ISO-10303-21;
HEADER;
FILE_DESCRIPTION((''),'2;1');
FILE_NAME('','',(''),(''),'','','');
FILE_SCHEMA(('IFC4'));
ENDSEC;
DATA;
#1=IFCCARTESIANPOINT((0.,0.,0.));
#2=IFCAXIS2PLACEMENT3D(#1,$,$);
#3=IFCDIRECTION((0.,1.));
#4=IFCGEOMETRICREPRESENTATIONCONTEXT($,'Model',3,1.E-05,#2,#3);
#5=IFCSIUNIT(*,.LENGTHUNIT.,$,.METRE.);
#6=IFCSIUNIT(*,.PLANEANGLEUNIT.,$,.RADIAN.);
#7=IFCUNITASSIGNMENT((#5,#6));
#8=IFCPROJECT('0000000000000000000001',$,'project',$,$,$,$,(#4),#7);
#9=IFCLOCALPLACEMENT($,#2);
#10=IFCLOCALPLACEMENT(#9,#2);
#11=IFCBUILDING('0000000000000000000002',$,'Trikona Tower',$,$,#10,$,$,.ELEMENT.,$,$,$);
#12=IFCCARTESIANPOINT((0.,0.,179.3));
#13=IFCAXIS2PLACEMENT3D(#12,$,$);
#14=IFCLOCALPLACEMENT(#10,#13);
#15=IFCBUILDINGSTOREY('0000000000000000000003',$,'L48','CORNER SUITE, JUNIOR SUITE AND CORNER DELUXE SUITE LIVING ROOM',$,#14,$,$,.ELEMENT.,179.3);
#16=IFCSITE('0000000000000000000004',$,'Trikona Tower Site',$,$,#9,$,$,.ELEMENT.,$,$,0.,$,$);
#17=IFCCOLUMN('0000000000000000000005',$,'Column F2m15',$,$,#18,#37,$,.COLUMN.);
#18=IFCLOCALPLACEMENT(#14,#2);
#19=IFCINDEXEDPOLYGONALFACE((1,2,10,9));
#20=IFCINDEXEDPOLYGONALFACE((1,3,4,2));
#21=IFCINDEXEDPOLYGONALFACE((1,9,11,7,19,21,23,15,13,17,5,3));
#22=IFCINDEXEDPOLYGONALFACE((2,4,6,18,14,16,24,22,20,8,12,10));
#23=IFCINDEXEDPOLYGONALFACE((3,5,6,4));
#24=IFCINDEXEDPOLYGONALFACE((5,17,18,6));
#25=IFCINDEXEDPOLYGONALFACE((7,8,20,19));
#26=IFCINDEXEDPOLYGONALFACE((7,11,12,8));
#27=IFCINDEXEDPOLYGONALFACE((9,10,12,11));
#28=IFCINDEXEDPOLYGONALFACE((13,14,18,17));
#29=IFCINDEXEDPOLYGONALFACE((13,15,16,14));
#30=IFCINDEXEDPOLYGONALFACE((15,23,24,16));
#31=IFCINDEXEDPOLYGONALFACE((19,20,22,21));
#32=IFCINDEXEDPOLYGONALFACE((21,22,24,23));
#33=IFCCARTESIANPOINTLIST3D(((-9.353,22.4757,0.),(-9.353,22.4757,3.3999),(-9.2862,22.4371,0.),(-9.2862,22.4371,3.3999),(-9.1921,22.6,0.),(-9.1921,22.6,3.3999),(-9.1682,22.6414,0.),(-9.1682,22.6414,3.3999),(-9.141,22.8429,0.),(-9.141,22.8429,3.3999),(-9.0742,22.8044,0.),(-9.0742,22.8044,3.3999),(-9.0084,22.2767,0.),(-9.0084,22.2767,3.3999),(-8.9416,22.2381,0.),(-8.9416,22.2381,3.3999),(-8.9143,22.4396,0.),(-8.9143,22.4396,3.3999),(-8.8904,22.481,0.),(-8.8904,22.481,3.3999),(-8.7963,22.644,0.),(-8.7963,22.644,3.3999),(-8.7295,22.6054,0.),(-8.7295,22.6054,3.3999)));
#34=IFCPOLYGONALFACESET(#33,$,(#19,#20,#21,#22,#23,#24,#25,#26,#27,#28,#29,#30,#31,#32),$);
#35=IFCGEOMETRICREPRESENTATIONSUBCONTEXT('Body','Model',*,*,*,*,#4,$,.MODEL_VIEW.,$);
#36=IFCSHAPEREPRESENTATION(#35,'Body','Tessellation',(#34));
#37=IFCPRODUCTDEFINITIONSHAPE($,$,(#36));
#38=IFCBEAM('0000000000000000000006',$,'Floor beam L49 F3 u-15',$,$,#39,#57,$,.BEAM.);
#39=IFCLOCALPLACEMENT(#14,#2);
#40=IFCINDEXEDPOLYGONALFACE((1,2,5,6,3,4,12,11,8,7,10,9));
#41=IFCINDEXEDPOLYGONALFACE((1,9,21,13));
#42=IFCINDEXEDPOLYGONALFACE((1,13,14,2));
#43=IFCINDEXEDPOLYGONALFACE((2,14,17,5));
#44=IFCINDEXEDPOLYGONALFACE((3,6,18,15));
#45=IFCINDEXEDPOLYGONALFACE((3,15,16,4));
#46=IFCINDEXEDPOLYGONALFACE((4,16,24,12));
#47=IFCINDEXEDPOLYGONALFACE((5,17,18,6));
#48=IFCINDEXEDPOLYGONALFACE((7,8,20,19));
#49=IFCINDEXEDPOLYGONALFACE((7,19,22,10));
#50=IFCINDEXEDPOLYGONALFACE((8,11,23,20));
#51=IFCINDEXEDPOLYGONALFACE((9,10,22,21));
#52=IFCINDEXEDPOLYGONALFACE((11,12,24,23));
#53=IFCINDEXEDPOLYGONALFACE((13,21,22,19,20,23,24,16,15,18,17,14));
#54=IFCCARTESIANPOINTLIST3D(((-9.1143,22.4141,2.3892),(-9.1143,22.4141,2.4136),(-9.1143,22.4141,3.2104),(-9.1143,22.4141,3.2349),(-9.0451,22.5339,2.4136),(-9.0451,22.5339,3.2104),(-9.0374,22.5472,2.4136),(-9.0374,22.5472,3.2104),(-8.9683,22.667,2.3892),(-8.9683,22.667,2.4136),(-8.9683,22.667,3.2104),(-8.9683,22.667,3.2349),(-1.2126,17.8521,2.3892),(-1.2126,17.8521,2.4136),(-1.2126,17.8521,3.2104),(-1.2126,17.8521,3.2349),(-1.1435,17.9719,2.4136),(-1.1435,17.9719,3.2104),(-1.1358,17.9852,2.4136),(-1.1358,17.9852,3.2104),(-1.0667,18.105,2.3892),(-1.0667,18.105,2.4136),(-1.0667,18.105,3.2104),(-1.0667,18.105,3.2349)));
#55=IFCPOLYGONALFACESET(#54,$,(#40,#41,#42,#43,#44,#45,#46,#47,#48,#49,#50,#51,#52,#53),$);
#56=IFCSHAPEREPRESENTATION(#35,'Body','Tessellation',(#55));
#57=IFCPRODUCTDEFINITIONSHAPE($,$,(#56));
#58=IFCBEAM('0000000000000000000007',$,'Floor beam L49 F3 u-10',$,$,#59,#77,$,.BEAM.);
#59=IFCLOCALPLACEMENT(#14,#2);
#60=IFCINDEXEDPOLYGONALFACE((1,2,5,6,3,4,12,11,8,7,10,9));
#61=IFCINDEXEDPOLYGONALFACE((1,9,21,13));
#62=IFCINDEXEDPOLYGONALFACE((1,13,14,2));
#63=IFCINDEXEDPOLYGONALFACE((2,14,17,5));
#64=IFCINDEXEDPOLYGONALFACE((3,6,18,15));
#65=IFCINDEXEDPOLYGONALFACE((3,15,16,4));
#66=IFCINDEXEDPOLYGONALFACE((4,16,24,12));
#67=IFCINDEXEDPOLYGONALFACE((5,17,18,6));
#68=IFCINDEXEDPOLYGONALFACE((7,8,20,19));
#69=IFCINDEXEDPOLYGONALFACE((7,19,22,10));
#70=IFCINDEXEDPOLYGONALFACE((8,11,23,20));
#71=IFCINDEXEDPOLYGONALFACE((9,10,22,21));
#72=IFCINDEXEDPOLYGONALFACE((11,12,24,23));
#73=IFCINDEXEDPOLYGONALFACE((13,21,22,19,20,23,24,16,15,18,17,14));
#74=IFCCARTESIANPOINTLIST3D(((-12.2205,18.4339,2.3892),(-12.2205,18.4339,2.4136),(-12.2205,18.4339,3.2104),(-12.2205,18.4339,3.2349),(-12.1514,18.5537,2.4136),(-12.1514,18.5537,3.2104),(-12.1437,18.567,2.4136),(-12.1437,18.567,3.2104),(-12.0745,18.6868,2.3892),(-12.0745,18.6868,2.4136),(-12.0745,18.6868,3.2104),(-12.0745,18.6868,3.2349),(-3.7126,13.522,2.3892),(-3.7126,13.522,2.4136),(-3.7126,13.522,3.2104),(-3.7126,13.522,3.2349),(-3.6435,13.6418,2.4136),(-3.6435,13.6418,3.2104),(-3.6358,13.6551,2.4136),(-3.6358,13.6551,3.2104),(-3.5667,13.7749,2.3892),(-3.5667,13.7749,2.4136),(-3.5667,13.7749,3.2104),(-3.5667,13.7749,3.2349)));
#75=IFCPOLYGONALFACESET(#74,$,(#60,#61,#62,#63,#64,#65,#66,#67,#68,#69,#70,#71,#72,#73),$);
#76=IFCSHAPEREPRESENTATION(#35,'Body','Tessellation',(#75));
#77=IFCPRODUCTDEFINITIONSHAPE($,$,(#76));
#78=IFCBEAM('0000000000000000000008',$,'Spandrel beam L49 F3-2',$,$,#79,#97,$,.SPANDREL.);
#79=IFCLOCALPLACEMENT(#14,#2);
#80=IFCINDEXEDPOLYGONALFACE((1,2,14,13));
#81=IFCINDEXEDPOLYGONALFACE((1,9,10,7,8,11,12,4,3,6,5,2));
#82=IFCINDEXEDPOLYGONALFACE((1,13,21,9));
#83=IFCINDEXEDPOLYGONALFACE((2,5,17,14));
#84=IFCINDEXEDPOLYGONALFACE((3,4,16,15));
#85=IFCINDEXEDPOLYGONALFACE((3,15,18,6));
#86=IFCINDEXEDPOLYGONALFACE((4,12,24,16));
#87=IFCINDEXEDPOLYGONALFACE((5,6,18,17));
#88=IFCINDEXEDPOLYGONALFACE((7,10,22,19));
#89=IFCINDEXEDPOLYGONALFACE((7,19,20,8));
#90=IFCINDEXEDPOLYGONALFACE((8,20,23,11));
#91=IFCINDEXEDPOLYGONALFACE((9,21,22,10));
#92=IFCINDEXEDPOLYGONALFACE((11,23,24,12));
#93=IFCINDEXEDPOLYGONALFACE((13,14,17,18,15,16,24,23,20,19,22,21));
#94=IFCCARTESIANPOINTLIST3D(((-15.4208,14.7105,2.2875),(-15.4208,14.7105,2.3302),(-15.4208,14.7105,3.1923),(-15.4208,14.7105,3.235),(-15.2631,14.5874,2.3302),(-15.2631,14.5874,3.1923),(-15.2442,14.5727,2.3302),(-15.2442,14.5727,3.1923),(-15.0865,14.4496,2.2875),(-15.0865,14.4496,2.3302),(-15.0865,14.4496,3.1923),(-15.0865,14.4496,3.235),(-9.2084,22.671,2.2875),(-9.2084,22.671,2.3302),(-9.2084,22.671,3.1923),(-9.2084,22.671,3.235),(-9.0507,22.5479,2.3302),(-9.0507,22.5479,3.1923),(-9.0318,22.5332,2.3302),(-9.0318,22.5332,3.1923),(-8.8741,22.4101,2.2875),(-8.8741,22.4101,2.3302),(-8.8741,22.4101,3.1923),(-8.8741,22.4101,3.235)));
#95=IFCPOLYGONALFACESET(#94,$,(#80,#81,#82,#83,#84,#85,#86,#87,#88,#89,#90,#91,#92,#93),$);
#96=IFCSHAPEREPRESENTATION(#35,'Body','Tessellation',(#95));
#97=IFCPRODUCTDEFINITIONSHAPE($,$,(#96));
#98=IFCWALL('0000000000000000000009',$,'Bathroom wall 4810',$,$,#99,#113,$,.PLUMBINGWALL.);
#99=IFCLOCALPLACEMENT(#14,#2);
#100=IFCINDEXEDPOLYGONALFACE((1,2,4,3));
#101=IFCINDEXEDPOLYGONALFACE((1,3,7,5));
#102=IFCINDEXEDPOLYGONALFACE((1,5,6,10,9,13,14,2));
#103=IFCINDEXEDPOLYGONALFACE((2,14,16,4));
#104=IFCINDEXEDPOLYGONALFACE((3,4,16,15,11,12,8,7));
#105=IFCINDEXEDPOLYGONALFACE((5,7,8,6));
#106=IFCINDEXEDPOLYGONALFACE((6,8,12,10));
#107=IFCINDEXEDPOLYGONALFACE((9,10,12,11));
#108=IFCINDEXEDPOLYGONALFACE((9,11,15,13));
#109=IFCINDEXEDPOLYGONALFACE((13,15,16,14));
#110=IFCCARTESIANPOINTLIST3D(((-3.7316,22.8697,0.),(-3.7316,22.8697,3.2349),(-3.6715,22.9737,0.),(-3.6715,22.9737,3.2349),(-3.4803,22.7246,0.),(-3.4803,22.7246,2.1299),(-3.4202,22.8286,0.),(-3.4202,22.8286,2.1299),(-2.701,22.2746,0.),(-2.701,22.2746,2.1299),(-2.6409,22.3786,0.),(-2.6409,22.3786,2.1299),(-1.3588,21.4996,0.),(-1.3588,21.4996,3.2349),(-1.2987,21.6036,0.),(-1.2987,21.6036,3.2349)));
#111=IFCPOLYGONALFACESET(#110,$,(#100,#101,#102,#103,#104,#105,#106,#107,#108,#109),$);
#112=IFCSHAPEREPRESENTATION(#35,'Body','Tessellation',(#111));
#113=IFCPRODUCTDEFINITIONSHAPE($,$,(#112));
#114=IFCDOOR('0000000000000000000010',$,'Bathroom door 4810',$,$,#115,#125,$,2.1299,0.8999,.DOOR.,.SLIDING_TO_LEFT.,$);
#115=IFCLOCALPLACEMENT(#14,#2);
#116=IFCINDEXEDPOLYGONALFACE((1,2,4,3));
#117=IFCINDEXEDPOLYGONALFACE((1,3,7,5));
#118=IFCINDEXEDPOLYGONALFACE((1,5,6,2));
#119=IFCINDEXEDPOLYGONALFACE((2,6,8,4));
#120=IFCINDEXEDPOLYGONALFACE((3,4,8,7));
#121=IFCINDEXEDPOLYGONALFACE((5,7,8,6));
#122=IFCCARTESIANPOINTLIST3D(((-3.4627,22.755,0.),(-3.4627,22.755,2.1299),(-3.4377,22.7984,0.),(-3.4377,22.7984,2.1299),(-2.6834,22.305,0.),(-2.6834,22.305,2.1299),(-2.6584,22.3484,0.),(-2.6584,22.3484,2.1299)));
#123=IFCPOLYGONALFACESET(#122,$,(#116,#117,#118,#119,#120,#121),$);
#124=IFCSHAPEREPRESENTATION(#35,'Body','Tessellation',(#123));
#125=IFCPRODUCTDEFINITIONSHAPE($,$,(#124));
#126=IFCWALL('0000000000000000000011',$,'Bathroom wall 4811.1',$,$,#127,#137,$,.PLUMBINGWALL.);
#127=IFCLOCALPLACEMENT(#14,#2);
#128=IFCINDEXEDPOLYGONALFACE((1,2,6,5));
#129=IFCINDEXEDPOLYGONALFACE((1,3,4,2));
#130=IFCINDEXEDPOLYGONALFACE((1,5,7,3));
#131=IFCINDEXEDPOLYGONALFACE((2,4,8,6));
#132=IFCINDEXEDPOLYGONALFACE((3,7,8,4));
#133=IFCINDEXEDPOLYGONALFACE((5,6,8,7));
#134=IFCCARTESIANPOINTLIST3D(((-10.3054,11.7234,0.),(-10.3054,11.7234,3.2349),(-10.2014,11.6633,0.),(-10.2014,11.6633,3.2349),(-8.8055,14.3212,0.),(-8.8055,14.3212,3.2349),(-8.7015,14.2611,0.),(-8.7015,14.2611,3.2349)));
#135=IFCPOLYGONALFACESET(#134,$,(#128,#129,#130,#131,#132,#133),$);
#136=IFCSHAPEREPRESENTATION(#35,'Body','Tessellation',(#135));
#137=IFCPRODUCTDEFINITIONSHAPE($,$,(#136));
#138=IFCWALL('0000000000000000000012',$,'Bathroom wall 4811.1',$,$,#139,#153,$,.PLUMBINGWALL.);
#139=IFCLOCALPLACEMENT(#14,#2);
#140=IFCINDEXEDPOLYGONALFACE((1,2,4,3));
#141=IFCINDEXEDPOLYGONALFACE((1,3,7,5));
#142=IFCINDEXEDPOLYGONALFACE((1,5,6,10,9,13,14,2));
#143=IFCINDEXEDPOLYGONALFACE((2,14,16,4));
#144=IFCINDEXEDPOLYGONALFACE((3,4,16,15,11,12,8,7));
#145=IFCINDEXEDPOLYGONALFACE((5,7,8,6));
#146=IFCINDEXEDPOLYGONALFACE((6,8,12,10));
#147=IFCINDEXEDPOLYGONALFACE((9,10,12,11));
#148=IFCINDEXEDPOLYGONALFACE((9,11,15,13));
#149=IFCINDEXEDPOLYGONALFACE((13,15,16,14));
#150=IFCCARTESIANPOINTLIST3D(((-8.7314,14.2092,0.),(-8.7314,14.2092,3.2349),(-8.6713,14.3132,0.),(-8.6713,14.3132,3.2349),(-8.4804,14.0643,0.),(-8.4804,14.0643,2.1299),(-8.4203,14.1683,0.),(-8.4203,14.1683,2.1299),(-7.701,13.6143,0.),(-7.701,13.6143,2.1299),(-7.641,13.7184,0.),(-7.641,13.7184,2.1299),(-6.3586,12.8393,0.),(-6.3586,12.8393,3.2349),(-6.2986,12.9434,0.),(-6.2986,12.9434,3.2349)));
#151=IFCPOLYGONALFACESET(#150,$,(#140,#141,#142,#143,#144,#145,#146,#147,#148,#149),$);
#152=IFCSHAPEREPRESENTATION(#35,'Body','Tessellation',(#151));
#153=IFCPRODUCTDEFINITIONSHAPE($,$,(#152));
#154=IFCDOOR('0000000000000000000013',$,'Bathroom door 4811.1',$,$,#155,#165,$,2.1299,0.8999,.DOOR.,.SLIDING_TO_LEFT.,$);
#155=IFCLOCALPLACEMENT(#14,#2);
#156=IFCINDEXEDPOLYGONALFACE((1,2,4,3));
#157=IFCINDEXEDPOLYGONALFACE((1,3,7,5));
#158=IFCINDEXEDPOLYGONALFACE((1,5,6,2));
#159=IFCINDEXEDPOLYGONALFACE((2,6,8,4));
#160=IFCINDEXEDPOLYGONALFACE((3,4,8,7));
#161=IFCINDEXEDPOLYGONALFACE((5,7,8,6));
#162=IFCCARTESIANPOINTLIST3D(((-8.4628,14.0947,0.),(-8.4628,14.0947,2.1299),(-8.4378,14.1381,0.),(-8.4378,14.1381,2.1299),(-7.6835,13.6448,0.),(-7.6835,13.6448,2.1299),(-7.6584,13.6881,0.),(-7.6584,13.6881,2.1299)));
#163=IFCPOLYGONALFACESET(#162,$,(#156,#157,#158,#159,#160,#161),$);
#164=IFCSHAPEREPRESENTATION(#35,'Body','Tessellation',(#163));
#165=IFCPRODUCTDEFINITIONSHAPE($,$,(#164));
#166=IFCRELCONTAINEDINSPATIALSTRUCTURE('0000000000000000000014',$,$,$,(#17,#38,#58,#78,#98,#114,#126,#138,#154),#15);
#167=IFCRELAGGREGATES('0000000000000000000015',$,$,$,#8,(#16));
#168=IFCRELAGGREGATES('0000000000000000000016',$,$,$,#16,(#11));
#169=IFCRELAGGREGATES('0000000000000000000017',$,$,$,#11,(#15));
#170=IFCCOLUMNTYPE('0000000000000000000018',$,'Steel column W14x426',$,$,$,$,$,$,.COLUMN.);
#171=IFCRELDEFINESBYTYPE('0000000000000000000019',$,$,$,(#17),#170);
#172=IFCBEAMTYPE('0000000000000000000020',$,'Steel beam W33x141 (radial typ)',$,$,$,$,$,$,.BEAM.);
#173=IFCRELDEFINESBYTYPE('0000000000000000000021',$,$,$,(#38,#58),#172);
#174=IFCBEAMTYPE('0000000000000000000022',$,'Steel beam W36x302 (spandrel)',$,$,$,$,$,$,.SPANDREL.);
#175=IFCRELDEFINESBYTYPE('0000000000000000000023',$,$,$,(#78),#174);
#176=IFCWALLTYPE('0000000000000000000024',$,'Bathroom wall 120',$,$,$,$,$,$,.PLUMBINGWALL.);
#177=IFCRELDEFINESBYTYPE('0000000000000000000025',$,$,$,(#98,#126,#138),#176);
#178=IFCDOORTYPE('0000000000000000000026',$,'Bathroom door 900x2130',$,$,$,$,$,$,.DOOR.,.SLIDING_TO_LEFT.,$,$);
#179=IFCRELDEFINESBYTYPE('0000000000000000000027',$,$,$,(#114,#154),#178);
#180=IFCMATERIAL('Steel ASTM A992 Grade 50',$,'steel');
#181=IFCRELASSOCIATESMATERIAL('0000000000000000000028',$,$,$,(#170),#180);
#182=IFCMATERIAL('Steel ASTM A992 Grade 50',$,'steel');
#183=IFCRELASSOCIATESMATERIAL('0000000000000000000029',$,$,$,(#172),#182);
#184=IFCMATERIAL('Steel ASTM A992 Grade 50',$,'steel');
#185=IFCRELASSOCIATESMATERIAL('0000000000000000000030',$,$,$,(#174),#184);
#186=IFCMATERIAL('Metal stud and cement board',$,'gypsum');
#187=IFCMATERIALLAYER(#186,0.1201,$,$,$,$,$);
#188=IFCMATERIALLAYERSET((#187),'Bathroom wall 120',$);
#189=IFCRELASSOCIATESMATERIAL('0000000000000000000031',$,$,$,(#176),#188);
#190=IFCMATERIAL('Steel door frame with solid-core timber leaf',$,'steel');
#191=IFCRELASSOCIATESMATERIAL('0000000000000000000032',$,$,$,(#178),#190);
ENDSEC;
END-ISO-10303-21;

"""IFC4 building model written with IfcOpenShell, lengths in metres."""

from ifc_helpers import new_model, si_unit, direction, frame, frame_2d, origin, origin_2d, place, context, subcontext, project, spatial, rectangle, i_section, extrude, material, layer, layer_set, material_profile, profile_set, type_object, element, fill, save


model = new_model("IFC4")

# Units and contexts
model_context = context("Model", 3, precision=1e-05, world=origin(), true_north=direction((0.0, 1.0)))
body_context = subcontext(model_context, "Body", "Model", "MODEL_VIEW")
ifc_project = project(units=[si_unit("LENGTHUNIT", "METRE"), si_unit("PLANEANGLEUNIT", "RADIAN")], contexts=[model_context])

# Site, building, storey
site_placement = place(None, origin())
site = spatial("IfcSite", under=ifc_project, at=site_placement, Name="Trikona Tower Site", CompositionType="ELEMENT", RefElevation=0.0)
building_placement = place(site_placement, origin())
building = spatial("IfcBuilding", under=site, at=building_placement, Name="Trikona Tower", CompositionType="ELEMENT")
storey_placement = place(building_placement, frame((0.0, 0.0, 179.3)))
storey = spatial("IfcBuildingStorey", under=building, at=storey_placement, Name="L48", Description="CORNER SUITE, JUNIOR SUITE AND CORNER DELUXE SUITE LIVING ROOM", CompositionType="ELEMENT", Elevation=179.3)

# Column
ifc_material_1 = material(Name="Steel ASTM A992 Grade 50", Category="steel")
ifc_material_profile_1 = material_profile(ifc_material_1, i_section(OverallWidth=0.4241, OverallDepth=0.4751, WebThickness=0.0479, FlangeThickness=0.0771, at=origin_2d()), Name="W14X426")
ifc_profile_set_1 = profile_set([ifc_material_profile_1], Name="Steel ASTM A992 Grade 50")
column_type = type_object("IfcColumnType", Name="Steel column W14x426", PredefinedType="COLUMN", material=ifc_profile_set_1)
column_placement = place(storey_placement, frame((-9.0413, 22.5405, 0.0), z_axis=(0.0, 0.0, 1.0), x_axis=(-0.5, -0.866025, 0.0)))
element("IfcColumn", 1, at=column_placement, inside=storey, type_object=column_type, Name="Column F2m15", PredefinedType="COLUMN", context=body_context, shape_type="SweptSolid", body=[
    extrude(i_section(OverallWidth=0.4241, OverallDepth=0.4751, WebThickness=0.0479, FlangeThickness=0.0771, at=origin_2d()), origin(), (0.0, 0.0, 1.0), 3.3999),
])

# Beams
ifc_material_2 = material(Name="Steel ASTM A992 Grade 50", Category="steel")
ifc_material_profile_2 = material_profile(ifc_material_2, i_section(OverallWidth=0.292, OverallDepth=0.8457, WebThickness=0.0154, FlangeThickness=0.0244, at=origin_2d()), Name="W33X141")
ifc_profile_set_2 = profile_set([ifc_material_profile_2], Name="Steel ASTM A992 Grade 50")
beam_type_1 = type_object("IfcBeamType", Name="Steel beam W33x141 (radial typ)", PredefinedType="BEAM", material=ifc_profile_set_2)
beam_1_placement = place(storey_placement, frame((-1.1396, 17.9785, 2.812), z_axis=(-0.866025, 0.500001, 0.0), x_axis=(-0.500001, -0.866025, 0.0)))
element("IfcBeam", 2, at=beam_1_placement, inside=storey, type_object=beam_type_1, Name="Floor beam L49 F3 u-15", PredefinedType="BEAM", context=body_context, shape_type="SweptSolid", body=[
    extrude(i_section(OverallWidth=0.292, OverallDepth=0.8457, WebThickness=0.0154, FlangeThickness=0.0244, at=origin_2d()), origin(), (0.0, 0.0, 1.0), 9.124),
])
beam_2_placement = place(storey_placement, frame((-3.6396, 13.6484, 2.812), z_axis=(-0.866031, 0.499991, 0.0), x_axis=(-0.499991, -0.866031, 0.0)))
element("IfcBeam", 3, at=beam_2_placement, inside=storey, type_object=beam_type_1, Name="Floor beam L49 F3 u-10", PredefinedType="BEAM", context=body_context, shape_type="SweptSolid", body=[
    extrude(i_section(OverallWidth=0.292, OverallDepth=0.8457, WebThickness=0.0154, FlangeThickness=0.0244, at=origin_2d()), origin(), (0.0, 0.0, 1.0), 9.824),
])
ifc_material_3 = material(Name="Steel ASTM A992 Grade 50", Category="steel")
ifc_material_profile_3 = material_profile(ifc_material_3, i_section(OverallWidth=0.4241, OverallDepth=0.9475, WebThickness=0.0239, FlangeThickness=0.0427, at=origin_2d()), Name="W36X302")
ifc_profile_set_3 = profile_set([ifc_material_profile_3], Name="Steel ASTM A992 Grade 50")
beam_type_2 = type_object("IfcBeamType", Name="Steel beam W36x302 (spandrel)", PredefinedType="SPANDREL", material=ifc_profile_set_3)
beam_3_placement = place(storey_placement, frame((-9.0413, 22.5405, 2.7612), z_axis=(-0.615232, -0.788346, 0.0), x_axis=(0.788346, -0.615232, 0.0)))
element("IfcBeam", 4, at=beam_3_placement, inside=storey, type_object=beam_type_2, Name="Spandrel beam L49 F3-2", PredefinedType="SPANDREL", context=body_context, shape_type="SweptSolid", body=[
    extrude(i_section(OverallWidth=0.4241, OverallDepth=0.9475, WebThickness=0.0239, FlangeThickness=0.0427, at=origin_2d()), origin(), (0.0, 0.0, 1.0), 10.0977),
])

# Wall, opening, door
ifc_material_4 = material(Name="Metal stud and cement board", Category="gypsum")
ifc_layer_1 = layer(ifc_material_4, 0.1201)
ifc_layer_set_1 = layer_set([ifc_layer_1], Name="Bathroom wall 120")
wall_type_1 = type_object("IfcWallType", Name="Bathroom wall 120", PredefinedType="PLUMBINGWALL", material=ifc_layer_set_1)
wall_1_placement = place(storey_placement, frame((-1.3286, 21.5515, 0.0), z_axis=(0.0, 0.0, 1.0), x_axis=(-0.865997, 0.500049, 0.0)))
wall_1 = element("IfcWall", 5, at=wall_1_placement, inside=storey, type_object=wall_type_1, Name="Bathroom wall 4810", PredefinedType="PLUMBINGWALL", context=body_context, shape_type="SweptSolid", body=[
    extrude(rectangle(XDim=2.74, YDim=0.1201, at=frame_2d((1.3701, 0.0))), origin(), (0.0, 0.0, 1.0), 3.2349),
])
opening_1_placement = place(wall_1_placement, frame((1.55, 0.0, 0.0)))
opening_1 = element("IfcOpeningElement", 6, at=opening_1_placement, cuts=wall_1, PredefinedType="OPENING", context=body_context, shape_type="SweptSolid", body=[
    extrude(rectangle(XDim=0.8999, YDim=2.1299, at=frame_2d((0.45, 1.0649))), frame((0.0, 0.0701, 0.0), z_axis=(0.0, -1.0, 0.0), x_axis=(1.0, 0.0, 0.0)), (0.0, 0.0, 1.0), 0.1401),
])
ifc_material_5 = material(Name="Steel door frame with solid-core timber leaf", Category="steel")
door_type_1 = type_object("IfcDoorType", Name="Bathroom door 900x2130", OperationType="SLIDING_TO_LEFT", PredefinedType="DOOR", material=ifc_material_5)
door_1_placement = place(opening_1_placement, origin())
door_1 = element("IfcDoor", 7, at=door_1_placement, inside=storey, type_object=door_type_1, Name="Bathroom door 4810", OperationType="SLIDING_TO_LEFT", OverallHeight=2.1299, OverallWidth=0.8999, PredefinedType="DOOR", context=body_context, shape_type="SweptSolid", body=[
    extrude(rectangle(XDim=0.8999, YDim=2.1299, at=frame_2d((0.45, 1.0649))), frame((0.0, 0.0249, 0.0), z_axis=(0.0, -1.0, 0.0), x_axis=(1.0, 0.0, 0.0)), (0.0, 0.0, 1.0), 0.05),
])
fill(opening_1, door_1)

# Wall
wall_2_placement = place(storey_placement, frame((-8.7534, 14.2913, 0.0), z_axis=(0.0, 0.0, 1.0), x_axis=(-0.500025, -0.866011, 0.0)))
element("IfcWall", 8, at=wall_2_placement, inside=storey, type_object=wall_type_1, Name="Bathroom wall 4811.1", PredefinedType="PLUMBINGWALL", context=body_context, shape_type="SweptSolid", body=[
    extrude(rectangle(XDim=2.9998, YDim=0.1201, at=frame_2d((1.5, 0.0))), origin(), (0.0, 0.0, 1.0), 3.2349),
])

# Wall, opening, door
wall_3_placement = place(storey_placement, frame((-6.3286, 12.8914, 0.0), z_axis=(0.0, 0.0, 1.0), x_axis=(-0.866036, 0.499982, 0.0)))
wall_3 = element("IfcWall", 9, at=wall_3_placement, inside=storey, type_object=wall_type_1, Name="Bathroom wall 4811.1", PredefinedType="PLUMBINGWALL", context=body_context, shape_type="SweptSolid", body=[
    extrude(rectangle(XDim=2.7397, YDim=0.1201, at=frame_2d((1.3699, 0.0))), origin(), (0.0, 0.0, 1.0), 3.2349),
])
opening_2_placement = place(wall_3_placement, frame((1.55, 0.0, 0.0)))
opening_2 = element("IfcOpeningElement", 10, at=opening_2_placement, cuts=wall_3, PredefinedType="OPENING", context=body_context, shape_type="SweptSolid", body=[
    extrude(rectangle(XDim=0.8999, YDim=2.1299, at=frame_2d((0.45, 1.0649))), frame((0.0, 0.0701, 0.0), z_axis=(0.0, -1.0, 0.0), x_axis=(1.0, 0.0, 0.0)), (0.0, 0.0, 1.0), 0.1401),
])
door_2_placement = place(opening_2_placement, origin())
door_2 = element("IfcDoor", 11, at=door_2_placement, inside=storey, type_object=door_type_1, Name="Bathroom door 4811.1", OperationType="SLIDING_TO_LEFT", OverallHeight=2.1299, OverallWidth=0.8999, PredefinedType="DOOR", context=body_context, shape_type="SweptSolid", body=[
    extrude(rectangle(XDim=0.8999, YDim=2.1299, at=frame_2d((0.45, 1.0649))), frame((0.0, 0.0249, 0.0), z_axis=(0.0, -1.0, 0.0), x_axis=(1.0, 0.0, 0.0)), (0.0, 0.0, 1.0), 0.05),
])
fill(opening_2, door_2)

save(model, "model.ifc")
